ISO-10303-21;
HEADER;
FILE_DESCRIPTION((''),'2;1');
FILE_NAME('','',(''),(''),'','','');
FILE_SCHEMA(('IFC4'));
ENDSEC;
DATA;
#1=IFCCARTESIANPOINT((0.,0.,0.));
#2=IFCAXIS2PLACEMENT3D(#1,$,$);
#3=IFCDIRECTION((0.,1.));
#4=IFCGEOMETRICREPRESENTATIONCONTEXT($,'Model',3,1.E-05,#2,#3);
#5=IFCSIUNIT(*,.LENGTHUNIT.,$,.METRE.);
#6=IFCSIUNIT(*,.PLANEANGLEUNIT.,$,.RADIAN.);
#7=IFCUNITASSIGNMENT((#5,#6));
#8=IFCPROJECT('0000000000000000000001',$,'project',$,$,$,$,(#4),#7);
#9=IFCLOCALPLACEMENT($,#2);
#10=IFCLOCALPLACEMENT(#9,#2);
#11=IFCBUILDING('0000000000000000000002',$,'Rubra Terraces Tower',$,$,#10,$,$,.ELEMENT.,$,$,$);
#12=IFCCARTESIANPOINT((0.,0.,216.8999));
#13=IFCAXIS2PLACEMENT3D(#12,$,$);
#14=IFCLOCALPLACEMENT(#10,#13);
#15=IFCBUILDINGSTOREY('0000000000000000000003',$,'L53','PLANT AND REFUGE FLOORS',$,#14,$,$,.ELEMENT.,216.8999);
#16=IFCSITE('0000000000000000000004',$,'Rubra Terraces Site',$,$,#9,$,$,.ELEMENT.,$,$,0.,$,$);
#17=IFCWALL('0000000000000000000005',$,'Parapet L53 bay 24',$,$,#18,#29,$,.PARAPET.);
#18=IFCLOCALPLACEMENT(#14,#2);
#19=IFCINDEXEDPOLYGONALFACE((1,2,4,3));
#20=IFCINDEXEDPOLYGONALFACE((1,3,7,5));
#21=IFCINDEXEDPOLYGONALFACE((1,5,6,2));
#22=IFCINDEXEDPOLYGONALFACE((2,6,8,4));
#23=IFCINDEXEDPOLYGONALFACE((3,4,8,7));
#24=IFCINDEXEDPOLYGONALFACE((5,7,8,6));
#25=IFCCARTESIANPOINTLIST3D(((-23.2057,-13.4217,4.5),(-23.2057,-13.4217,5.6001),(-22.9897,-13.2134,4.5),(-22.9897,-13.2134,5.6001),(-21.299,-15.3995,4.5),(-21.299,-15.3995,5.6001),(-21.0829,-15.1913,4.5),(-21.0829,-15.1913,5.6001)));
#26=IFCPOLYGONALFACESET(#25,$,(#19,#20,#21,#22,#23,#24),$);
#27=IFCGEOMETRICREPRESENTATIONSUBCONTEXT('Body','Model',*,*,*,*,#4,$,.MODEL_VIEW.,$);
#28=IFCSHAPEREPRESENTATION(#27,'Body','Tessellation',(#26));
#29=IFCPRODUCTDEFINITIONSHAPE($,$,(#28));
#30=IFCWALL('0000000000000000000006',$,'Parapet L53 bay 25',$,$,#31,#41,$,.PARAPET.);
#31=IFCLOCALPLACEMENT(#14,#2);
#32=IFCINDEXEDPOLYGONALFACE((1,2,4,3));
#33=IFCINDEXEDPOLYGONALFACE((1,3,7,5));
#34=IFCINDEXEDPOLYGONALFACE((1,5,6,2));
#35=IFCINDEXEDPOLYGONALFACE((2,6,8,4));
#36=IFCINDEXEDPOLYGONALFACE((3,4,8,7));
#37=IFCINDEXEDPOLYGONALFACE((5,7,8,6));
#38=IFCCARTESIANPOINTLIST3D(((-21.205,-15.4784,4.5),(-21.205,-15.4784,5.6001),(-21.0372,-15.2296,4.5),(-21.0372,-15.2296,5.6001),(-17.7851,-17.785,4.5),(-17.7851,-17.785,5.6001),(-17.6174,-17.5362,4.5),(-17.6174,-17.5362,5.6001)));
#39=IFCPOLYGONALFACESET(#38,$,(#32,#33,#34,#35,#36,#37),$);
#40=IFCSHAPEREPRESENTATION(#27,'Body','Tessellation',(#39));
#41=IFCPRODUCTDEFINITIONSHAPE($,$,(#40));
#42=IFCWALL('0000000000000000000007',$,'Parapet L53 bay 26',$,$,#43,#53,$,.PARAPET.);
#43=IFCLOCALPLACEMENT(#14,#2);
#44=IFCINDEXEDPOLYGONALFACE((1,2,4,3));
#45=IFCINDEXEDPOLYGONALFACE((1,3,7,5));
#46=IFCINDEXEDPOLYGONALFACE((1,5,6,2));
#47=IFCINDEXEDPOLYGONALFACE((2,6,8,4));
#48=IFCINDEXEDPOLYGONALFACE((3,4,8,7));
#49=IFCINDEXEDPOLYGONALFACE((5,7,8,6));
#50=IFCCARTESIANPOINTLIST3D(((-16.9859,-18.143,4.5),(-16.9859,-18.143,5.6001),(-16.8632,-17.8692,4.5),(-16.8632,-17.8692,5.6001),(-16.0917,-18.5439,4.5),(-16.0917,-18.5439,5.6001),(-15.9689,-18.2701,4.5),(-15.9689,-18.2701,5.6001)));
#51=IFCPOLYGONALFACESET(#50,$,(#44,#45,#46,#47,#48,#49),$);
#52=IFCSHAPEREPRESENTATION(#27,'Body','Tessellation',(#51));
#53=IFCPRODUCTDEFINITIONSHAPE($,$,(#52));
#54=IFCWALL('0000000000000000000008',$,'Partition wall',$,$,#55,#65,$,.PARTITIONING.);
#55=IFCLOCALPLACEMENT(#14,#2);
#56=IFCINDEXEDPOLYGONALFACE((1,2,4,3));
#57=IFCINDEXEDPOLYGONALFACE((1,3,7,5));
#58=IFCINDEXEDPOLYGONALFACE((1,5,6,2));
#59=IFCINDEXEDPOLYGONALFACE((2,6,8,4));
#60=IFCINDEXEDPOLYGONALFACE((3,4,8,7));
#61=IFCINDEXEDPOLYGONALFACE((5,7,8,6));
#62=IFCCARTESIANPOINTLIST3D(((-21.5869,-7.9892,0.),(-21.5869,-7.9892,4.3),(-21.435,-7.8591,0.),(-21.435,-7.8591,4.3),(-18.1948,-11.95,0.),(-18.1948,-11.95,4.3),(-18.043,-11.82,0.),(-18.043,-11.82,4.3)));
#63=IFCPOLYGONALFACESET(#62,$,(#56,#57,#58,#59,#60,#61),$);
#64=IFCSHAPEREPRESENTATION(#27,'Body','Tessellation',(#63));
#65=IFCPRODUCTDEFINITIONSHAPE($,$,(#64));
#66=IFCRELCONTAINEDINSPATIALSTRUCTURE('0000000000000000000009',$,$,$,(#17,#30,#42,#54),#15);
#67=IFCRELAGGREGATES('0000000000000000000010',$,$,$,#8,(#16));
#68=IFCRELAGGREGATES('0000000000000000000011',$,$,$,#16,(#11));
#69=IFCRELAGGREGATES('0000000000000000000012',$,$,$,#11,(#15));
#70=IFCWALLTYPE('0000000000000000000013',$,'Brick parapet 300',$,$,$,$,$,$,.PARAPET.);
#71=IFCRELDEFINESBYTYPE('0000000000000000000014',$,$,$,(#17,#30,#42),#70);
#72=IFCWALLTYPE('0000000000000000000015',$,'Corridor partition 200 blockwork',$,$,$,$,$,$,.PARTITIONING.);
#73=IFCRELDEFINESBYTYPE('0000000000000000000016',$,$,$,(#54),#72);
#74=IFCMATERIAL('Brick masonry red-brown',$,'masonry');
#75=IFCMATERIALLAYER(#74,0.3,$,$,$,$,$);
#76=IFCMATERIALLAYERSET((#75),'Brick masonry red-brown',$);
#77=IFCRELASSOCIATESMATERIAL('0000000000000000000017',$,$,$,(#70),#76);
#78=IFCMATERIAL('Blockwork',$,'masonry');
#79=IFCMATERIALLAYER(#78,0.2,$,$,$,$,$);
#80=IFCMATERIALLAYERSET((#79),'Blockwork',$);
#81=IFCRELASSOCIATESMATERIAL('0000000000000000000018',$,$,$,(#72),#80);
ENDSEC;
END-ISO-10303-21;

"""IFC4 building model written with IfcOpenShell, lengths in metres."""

from ifc_helpers import new_model, si_unit, direction, frame, frame_2d, origin, place, context, subcontext, project, spatial, rectangle, extrude, material, layer, layer_set, type_object, element, save


model = new_model("IFC4")

# Units and contexts
model_context = context("Model", 3, precision=1e-05, world=origin(), true_north=direction((0.0, 1.0)))
body_context = subcontext(model_context, "Body", "Model", "MODEL_VIEW")
ifc_project = project(units=[si_unit("LENGTHUNIT", "METRE"), si_unit("PLANEANGLEUNIT", "RADIAN")], contexts=[model_context])

# Site, building, storey
site_placement = place(None, origin())
site = spatial("IfcSite", under=ifc_project, at=site_placement, Name="Rubra Terraces Site", CompositionType="ELEMENT", RefElevation=0.0)
building_placement = place(site_placement, origin())
building = spatial("IfcBuilding", under=site, at=building_placement, Name="Rubra Terraces Tower", CompositionType="ELEMENT")
storey_placement = place(building_placement, frame((0.0, 0.0, 216.8999)))
storey = spatial("IfcBuildingStorey", under=building, at=storey_placement, Name="L53", Description="PLANT AND REFUGE FLOORS", CompositionType="ELEMENT", Elevation=216.8999)

# Shared definitions
ifc_material_1 = material(Name="Brick masonry red-brown", Category="masonry")

# Walls
ifc_layer_1 = layer(ifc_material_1, 0.3)
ifc_layer_set_1 = layer_set([ifc_layer_1], Name="Brick masonry red-brown")
wall_type_1 = type_object("IfcWallType", Name="Brick parapet 300", PredefinedType="PARAPET", material=ifc_layer_set_1)
wall_1_placement = place(storey_placement, frame((-23.0977, -13.3176, 4.5), z_axis=(0.0, 0.0, 1.0), x_axis=(0.694058, -0.719919, 0.0)))
element("IfcWall", 1, at=wall_1_placement, inside=storey, type_object=wall_type_1, Name="Parapet L53 bay 24", PredefinedType="PARAPET", context=body_context, shape_type="SweptSolid", body=[
    extrude(rectangle(XDim=2.7473, YDim=0.3, at=frame_2d((1.3735, 0.0))), origin(), (0.0, 0.0, 1.0), 1.1001),
])
wall_2_placement = place(storey_placement, frame((-21.1211, -15.354, 4.5), z_axis=(0.0, 0.0, 1.0), x_axis=(0.829052, -0.559172, 0.0)))
element("IfcWall", 2, at=wall_2_placement, inside=storey, type_object=wall_type_1, Name="Parapet L53 bay 25", PredefinedType="PARAPET", context=body_context, shape_type="SweptSolid", body=[
    extrude(rectangle(XDim=4.125, YDim=0.3, at=frame_2d((2.0625, 0.0))), origin(), (0.0, 0.0, 1.0), 1.1001),
])
wall_3_placement = place(storey_placement, frame((-16.9246, -18.0061, 4.5), z_axis=(0.0, 0.0, 1.0), x_axis=(0.912513, -0.409049, 0.0)))
element("IfcWall", 3, at=wall_3_placement, inside=storey, type_object=wall_type_1, Name="Parapet L53 bay 26", PredefinedType="PARAPET", context=body_context, shape_type="SweptSolid", body=[
    extrude(rectangle(XDim=0.98, YDim=0.3, at=frame_2d((0.49, 0.0))), origin(), (0.0, 0.0, 1.0), 1.1001),
])
ifc_material_2 = material(Name="Blockwork", Category="masonry")
ifc_layer_2 = layer(ifc_material_2, 0.2)
ifc_layer_set_2 = layer_set([ifc_layer_2], Name="Blockwork")
wall_type_2 = type_object("IfcWallType", Name="Corridor partition 200 blockwork", PredefinedType="PARTITIONING", material=ifc_layer_set_2)
wall_4_placement = place(storey_placement, frame((-18.1189, -11.885, 0.0), z_axis=(0.0, 0.0, 1.0), x_axis=(-0.65046, 0.759541, 0.0)))
element("IfcWall", 4, at=wall_4_placement, inside=storey, type_object=wall_type_2, Name="Partition wall", PredefinedType="PARTITIONING", context=body_context, shape_type="SweptSolid", body=[
    extrude(rectangle(XDim=5.2148, YDim=0.2, at=frame_2d((2.6074, 0.0))), origin(), (0.0, 0.0, 1.0), 4.3),
])

save(model, "model.ifc")
